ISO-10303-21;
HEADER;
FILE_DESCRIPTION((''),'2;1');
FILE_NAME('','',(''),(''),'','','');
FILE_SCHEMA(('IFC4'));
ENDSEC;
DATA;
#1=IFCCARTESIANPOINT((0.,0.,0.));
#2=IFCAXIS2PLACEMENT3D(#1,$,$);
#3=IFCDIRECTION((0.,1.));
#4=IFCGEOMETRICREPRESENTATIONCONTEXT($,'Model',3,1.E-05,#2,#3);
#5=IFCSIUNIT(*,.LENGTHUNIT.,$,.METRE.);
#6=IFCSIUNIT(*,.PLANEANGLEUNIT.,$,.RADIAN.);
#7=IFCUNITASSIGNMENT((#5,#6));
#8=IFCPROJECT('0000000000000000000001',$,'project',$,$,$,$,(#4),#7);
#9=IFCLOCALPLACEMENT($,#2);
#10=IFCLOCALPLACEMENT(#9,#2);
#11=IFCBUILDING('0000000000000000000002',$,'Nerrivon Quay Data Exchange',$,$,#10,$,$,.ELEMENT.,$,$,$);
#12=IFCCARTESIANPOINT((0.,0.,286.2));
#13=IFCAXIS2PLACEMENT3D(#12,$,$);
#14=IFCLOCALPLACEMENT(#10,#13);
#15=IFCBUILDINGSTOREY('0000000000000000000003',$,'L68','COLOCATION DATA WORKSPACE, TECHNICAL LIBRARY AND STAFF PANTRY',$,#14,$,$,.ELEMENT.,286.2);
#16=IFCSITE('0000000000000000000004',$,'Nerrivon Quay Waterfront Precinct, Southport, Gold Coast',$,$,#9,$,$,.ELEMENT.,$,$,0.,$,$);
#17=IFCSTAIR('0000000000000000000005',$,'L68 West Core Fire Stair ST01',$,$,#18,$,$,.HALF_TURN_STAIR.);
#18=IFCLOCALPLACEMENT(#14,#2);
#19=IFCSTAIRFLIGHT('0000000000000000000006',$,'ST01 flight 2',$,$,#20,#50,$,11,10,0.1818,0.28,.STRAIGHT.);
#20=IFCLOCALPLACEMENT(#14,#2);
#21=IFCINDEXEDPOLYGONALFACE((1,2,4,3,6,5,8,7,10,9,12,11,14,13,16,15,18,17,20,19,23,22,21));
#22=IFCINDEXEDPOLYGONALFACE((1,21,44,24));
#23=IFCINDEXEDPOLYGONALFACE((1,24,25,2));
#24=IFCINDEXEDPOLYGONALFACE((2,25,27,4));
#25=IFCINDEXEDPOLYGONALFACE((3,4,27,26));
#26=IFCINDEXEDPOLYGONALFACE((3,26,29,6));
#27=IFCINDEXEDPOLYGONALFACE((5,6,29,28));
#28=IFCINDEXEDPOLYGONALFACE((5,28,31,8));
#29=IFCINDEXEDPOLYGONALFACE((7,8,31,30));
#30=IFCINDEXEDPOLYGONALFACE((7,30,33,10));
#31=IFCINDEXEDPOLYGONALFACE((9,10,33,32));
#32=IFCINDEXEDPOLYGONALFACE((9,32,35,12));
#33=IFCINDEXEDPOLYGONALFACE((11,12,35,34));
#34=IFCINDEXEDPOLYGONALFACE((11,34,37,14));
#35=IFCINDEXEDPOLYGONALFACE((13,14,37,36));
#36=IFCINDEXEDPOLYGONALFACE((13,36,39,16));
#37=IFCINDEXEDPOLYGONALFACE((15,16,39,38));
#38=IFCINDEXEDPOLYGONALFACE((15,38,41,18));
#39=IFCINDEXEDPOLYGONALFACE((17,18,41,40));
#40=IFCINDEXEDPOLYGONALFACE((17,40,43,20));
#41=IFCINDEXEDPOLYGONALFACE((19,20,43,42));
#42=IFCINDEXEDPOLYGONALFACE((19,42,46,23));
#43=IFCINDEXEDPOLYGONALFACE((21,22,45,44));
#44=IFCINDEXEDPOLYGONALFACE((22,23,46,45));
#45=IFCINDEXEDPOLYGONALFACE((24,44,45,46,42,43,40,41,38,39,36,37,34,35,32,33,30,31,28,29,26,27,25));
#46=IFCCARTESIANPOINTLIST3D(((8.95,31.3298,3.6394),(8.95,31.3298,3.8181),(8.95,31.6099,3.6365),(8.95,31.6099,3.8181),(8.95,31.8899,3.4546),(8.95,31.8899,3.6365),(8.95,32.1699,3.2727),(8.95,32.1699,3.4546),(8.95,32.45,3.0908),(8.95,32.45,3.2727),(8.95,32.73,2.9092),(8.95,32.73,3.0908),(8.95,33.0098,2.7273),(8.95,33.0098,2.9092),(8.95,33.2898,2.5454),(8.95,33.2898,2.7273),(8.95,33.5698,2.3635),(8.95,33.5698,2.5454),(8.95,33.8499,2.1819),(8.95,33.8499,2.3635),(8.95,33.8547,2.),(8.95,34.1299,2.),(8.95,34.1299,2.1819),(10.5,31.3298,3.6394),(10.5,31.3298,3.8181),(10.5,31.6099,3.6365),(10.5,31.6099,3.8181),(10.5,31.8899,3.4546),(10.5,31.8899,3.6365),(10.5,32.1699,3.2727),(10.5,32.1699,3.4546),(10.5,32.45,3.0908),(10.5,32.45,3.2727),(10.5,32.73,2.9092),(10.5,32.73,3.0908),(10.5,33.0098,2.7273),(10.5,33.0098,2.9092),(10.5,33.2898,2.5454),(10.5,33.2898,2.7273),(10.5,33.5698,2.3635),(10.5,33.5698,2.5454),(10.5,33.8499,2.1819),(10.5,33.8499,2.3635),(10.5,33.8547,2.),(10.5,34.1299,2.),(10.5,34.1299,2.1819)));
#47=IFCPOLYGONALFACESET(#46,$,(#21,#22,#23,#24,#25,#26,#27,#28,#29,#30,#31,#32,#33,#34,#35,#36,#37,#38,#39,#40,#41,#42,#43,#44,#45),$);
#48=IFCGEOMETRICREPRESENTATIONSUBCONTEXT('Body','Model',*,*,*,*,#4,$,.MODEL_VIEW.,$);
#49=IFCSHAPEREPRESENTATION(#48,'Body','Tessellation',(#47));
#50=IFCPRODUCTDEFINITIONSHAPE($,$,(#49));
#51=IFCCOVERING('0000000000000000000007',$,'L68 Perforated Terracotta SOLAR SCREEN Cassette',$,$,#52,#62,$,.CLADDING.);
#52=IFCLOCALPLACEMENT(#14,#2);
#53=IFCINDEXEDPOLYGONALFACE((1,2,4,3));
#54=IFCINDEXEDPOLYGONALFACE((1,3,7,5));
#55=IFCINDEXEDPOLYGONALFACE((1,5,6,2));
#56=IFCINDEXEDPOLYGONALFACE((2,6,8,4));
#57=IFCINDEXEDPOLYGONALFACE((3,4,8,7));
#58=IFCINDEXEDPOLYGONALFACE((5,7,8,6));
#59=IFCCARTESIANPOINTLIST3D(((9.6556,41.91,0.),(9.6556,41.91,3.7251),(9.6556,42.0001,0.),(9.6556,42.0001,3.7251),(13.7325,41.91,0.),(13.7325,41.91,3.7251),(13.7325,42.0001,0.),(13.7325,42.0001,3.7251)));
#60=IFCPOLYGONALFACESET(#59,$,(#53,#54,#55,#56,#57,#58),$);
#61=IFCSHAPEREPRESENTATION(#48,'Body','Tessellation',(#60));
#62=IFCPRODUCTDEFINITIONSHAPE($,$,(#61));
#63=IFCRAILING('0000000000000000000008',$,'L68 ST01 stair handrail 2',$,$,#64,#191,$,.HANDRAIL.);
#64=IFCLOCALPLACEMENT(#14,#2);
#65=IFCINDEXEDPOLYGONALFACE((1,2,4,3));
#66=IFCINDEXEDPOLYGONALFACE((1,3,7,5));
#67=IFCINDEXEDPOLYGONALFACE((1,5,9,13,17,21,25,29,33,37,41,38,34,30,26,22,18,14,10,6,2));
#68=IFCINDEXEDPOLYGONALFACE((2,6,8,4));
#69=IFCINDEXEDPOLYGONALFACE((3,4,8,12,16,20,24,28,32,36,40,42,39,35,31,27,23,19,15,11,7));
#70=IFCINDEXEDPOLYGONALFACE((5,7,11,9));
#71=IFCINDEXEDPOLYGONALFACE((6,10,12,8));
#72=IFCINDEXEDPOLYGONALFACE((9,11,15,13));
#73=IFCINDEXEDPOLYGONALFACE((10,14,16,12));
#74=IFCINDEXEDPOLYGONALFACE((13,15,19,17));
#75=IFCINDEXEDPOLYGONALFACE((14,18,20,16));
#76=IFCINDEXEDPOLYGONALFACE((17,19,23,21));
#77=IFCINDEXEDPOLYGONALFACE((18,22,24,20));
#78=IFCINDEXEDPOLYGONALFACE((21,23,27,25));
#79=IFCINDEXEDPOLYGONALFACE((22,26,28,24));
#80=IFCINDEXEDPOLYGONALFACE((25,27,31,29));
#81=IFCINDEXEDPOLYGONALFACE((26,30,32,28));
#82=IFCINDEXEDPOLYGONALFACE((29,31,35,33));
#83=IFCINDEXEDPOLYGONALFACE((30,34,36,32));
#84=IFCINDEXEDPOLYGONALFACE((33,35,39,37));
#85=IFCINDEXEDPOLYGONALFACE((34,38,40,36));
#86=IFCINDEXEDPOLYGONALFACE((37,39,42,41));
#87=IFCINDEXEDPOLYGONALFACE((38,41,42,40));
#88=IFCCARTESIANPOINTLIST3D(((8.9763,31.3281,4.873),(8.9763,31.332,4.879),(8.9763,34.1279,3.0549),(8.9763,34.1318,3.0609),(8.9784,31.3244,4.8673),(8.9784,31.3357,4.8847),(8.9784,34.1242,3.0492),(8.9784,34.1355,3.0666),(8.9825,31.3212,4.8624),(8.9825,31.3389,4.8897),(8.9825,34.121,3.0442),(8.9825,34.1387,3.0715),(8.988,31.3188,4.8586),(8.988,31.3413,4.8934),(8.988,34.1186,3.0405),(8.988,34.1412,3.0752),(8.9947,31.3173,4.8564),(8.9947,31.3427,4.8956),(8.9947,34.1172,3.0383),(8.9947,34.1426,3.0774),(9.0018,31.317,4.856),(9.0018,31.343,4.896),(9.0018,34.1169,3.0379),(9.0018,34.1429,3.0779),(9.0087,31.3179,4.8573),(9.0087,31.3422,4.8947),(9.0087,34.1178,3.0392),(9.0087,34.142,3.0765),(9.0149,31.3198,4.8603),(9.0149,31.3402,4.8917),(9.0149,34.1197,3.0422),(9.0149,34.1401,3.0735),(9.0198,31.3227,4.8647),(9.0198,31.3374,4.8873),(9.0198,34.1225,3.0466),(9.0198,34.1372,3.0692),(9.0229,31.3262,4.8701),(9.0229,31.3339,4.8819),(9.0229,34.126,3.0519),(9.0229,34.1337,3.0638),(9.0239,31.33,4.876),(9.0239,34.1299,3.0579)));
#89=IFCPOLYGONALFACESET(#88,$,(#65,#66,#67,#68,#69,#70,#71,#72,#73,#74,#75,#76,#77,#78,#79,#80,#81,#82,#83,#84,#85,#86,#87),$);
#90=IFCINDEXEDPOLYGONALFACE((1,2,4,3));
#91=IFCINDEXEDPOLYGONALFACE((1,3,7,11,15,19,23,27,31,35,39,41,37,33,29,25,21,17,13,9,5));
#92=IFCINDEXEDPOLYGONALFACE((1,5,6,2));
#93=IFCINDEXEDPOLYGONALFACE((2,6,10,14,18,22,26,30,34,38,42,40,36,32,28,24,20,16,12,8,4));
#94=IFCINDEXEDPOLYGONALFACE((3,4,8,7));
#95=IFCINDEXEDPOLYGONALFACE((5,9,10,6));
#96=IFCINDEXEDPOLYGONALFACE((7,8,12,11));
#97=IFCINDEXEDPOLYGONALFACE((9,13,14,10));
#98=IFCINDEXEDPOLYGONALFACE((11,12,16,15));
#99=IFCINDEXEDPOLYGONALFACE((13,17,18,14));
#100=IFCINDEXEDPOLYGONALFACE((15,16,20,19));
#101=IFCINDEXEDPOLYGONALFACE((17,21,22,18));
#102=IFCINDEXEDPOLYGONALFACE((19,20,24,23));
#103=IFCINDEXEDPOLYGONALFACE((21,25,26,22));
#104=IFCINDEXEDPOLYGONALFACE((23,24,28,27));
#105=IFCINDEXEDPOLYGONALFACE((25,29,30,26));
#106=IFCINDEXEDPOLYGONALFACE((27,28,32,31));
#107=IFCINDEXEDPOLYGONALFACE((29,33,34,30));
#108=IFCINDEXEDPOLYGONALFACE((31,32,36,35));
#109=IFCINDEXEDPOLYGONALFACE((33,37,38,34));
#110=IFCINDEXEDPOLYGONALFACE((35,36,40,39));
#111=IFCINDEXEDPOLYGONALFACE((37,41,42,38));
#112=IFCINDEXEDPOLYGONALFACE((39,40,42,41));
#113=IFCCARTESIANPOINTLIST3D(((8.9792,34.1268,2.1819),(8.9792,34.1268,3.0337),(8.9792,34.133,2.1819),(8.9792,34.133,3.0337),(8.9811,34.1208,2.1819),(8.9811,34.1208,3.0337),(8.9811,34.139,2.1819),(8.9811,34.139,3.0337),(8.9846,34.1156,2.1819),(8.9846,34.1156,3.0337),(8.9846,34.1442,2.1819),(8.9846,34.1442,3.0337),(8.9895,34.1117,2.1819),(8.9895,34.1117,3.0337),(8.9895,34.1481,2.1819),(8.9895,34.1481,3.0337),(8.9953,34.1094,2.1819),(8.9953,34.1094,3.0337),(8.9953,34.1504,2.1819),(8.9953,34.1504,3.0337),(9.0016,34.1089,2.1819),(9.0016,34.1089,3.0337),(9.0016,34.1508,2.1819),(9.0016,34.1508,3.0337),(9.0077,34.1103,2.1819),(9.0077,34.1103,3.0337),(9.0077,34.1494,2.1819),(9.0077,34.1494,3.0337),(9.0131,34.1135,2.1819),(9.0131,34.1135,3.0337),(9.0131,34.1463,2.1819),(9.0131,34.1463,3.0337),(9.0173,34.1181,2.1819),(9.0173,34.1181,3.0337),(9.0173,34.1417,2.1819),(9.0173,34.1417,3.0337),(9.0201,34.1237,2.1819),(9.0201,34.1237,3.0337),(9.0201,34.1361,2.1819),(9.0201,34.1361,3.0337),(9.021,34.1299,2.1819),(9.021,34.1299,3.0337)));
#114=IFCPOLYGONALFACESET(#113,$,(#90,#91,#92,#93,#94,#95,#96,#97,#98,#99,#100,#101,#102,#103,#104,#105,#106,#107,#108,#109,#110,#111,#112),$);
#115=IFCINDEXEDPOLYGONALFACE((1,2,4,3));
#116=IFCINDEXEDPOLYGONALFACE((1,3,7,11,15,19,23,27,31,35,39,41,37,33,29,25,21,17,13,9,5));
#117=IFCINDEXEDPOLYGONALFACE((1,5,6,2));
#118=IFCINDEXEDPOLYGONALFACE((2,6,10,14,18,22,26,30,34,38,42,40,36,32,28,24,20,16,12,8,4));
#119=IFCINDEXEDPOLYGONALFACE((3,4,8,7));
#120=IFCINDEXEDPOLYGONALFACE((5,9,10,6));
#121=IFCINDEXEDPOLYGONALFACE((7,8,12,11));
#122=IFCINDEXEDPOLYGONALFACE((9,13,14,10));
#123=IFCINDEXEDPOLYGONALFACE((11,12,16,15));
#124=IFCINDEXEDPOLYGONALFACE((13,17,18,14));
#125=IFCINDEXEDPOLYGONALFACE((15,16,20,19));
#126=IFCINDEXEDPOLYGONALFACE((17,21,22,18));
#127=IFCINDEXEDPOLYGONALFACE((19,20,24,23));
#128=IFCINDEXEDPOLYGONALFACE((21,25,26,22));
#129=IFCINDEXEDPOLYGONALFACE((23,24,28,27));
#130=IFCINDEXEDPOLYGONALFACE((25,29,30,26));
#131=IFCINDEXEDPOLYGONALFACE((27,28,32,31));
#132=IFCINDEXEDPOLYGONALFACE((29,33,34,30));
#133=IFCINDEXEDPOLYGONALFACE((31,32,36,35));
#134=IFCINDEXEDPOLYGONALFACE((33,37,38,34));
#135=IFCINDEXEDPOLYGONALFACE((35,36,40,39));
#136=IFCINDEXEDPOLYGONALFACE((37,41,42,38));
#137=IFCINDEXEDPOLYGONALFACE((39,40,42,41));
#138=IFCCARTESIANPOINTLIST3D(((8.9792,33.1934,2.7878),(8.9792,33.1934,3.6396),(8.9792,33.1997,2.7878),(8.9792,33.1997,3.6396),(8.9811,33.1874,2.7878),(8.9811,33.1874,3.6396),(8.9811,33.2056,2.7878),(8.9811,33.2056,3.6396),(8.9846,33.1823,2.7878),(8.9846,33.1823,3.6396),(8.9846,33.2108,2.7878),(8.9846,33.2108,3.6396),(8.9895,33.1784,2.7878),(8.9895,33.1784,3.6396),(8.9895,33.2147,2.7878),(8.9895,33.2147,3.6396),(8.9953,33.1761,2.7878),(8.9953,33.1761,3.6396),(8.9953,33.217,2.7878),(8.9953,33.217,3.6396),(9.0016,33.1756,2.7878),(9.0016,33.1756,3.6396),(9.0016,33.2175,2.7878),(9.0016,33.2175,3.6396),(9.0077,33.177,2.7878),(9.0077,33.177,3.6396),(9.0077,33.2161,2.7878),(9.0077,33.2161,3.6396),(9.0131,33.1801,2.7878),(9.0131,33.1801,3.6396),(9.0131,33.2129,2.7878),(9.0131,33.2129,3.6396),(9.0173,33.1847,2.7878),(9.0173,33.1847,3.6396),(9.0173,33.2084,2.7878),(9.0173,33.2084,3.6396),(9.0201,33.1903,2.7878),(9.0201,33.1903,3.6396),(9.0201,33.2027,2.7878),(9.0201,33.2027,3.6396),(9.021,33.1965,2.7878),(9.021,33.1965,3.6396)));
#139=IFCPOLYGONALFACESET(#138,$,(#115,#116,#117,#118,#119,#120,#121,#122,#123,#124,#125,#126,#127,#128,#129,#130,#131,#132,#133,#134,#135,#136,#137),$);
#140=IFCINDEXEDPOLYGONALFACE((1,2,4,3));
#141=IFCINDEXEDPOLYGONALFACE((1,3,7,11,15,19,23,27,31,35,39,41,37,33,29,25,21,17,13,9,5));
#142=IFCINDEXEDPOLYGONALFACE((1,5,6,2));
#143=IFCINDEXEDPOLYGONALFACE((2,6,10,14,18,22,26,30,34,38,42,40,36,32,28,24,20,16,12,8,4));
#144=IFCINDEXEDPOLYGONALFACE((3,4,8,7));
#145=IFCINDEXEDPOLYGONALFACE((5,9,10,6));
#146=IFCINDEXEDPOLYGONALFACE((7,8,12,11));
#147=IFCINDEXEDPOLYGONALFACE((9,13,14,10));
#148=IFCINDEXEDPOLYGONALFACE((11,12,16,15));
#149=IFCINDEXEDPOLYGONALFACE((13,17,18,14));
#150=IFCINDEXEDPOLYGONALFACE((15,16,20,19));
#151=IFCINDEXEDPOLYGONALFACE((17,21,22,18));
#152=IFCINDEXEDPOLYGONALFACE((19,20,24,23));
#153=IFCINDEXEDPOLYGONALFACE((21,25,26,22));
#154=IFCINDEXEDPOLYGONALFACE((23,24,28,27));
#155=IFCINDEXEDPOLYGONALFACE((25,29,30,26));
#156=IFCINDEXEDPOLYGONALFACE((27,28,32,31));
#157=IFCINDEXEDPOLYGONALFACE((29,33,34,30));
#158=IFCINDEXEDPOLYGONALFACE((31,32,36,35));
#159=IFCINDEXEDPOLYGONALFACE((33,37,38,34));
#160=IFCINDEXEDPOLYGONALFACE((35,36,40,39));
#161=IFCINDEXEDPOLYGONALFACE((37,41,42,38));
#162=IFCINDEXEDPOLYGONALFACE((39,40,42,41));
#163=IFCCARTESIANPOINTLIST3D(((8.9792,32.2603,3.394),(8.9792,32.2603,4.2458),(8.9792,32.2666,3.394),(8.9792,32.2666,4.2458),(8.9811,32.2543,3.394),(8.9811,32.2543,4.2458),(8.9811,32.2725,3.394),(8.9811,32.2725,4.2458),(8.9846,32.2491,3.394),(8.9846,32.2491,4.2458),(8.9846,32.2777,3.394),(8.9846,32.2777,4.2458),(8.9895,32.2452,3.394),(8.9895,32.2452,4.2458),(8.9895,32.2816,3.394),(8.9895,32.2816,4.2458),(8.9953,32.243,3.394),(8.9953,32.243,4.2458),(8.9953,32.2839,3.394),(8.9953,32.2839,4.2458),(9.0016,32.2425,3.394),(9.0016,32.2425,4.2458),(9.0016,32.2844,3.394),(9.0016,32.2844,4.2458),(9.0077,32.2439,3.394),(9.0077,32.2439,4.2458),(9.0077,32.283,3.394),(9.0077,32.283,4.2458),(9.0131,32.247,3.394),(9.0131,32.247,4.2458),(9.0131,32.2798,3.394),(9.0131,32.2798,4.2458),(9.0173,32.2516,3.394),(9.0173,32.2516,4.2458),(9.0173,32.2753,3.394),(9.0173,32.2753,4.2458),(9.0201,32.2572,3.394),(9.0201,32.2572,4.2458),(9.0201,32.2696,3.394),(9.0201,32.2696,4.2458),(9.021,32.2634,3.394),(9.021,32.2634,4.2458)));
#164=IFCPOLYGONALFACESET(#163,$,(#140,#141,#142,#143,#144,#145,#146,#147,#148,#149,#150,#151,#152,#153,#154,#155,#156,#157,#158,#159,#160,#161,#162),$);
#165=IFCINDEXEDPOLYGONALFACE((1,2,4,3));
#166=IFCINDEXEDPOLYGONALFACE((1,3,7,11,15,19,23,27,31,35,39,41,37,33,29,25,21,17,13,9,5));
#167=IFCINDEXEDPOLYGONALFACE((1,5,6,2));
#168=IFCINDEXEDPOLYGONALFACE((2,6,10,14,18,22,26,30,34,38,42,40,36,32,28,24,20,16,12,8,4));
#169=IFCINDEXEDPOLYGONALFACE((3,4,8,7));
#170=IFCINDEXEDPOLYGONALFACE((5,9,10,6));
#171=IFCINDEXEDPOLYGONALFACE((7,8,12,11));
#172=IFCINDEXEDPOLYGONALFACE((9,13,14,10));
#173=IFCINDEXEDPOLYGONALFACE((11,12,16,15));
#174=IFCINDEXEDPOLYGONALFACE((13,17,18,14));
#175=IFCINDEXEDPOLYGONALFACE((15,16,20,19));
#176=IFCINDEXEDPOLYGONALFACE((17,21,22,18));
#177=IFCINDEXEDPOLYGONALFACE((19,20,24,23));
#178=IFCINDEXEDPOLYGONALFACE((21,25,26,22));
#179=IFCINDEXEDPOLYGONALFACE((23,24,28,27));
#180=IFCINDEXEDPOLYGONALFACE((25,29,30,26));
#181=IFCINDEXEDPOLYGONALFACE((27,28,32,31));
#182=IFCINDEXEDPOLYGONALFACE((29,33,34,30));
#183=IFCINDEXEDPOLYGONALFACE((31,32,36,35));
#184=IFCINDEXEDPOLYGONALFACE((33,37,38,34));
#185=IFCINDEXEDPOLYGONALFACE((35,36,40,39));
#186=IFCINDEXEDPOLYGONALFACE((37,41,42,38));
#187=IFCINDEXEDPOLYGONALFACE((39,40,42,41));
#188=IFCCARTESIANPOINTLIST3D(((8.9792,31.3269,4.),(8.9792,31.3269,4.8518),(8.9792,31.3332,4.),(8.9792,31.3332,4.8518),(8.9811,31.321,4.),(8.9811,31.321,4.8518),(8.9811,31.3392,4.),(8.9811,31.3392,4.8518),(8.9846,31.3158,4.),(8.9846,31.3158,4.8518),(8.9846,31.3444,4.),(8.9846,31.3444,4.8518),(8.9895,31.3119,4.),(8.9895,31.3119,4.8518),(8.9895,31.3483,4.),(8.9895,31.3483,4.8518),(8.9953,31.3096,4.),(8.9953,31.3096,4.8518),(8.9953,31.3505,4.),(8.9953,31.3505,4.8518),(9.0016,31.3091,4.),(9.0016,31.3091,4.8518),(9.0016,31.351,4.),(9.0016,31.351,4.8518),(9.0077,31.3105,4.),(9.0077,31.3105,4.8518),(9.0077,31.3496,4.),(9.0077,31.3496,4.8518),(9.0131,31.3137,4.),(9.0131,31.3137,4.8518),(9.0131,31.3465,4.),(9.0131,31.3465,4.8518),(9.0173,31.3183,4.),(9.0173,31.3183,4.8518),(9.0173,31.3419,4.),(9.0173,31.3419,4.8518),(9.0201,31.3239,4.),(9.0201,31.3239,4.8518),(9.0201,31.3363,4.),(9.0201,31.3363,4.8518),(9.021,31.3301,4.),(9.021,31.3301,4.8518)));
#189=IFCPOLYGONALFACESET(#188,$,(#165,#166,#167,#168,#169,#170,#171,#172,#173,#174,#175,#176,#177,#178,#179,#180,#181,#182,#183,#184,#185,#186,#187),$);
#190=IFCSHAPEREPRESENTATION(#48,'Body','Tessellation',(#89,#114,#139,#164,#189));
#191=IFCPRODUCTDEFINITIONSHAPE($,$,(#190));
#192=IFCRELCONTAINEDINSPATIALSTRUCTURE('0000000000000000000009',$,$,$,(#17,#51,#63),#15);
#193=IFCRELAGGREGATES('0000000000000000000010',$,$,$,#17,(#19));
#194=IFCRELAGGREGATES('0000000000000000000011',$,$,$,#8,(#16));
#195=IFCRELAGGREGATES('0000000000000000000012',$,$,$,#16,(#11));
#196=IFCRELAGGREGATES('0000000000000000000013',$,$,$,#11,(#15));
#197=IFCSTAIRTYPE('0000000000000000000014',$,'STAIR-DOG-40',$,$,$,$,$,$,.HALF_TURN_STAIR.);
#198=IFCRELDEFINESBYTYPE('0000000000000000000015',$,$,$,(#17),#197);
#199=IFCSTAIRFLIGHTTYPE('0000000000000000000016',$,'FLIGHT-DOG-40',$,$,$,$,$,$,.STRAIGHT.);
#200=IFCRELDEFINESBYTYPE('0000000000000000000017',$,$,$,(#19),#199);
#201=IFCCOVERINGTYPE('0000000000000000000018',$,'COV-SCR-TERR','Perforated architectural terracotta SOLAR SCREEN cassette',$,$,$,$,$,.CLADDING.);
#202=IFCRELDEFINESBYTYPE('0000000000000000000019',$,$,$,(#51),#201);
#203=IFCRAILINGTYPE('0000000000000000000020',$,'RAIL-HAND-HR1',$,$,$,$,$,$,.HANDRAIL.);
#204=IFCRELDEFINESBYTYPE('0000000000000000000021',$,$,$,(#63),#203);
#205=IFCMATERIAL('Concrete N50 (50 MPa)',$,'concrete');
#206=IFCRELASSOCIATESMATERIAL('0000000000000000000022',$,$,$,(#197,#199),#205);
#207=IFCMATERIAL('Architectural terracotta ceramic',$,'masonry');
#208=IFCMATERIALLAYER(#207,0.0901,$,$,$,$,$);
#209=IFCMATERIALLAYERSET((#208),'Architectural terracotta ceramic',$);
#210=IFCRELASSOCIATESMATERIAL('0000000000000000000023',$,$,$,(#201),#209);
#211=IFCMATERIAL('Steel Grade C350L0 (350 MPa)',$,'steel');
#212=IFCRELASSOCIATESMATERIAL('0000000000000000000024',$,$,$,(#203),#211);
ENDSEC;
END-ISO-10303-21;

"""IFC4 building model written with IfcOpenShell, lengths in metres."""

from ifc_helpers import new_model, si_unit, direction, frame, origin, origin_2d, place, context, subcontext, project, spatial, polyline, rectangle, circle, outline, extrude, material, layer, layer_set, type_object, element, aggregate, save


model = new_model("IFC4")

# Units and contexts
model_context = context("Model", 3, precision=1e-05, world=origin(), true_north=direction((0.0, 1.0)))
body_context = subcontext(model_context, "Body", "Model", "MODEL_VIEW")
ifc_project = project(units=[si_unit("LENGTHUNIT", "METRE"), si_unit("PLANEANGLEUNIT", "RADIAN")], contexts=[model_context])

# Site, building, storey
site_placement = place(None, origin())
site = spatial("IfcSite", under=ifc_project, at=site_placement, Name="Nerrivon Quay Waterfront Precinct, Southport, Gold Coast", CompositionType="ELEMENT", RefElevation=0.0)
building_placement = place(site_placement, origin())
building = spatial("IfcBuilding", under=site, at=building_placement, Name="Nerrivon Quay Data Exchange", CompositionType="ELEMENT")
storey_placement = place(building_placement, frame((0.0, 0.0, 286.2)))
storey = spatial("IfcBuildingStorey", under=building, at=storey_placement, Name="L68", Description="COLOCATION DATA WORKSPACE, TECHNICAL LIBRARY AND STAFF PANTRY", CompositionType="ELEMENT", Elevation=286.2)

# Shared definitions
ifc_material_1 = material(Name="Concrete N50 (50 MPa)", Category="concrete")

# Shared definitions
ifc_material_2 = material(Name="Steel Grade C350L0 (350 MPa)", Category="steel")

# Stair, stair flight
stair_type = type_object("IfcStairType", Name="STAIR-DOG-40", PredefinedType="HALF_TURN_STAIR", material=ifc_material_1)
stair_placement = place(storey_placement, origin())
stair = element("IfcStair", 1, at=stair_placement, inside=storey, type_object=stair_type, Name="L68 West Core Fire Stair ST01", PredefinedType="HALF_TURN_STAIR")
stair_flight_type = type_object("IfcStairFlightType", Name="FLIGHT-DOG-40", PredefinedType="STRAIGHT", material=ifc_material_1)
stair_flight_placement = place(storey_placement, frame((9.7251, 34.1299, 2.0), z_axis=(0.0, 0.0, 1.0), x_axis=(0.0, -1.0, 0.0)))
stair_flight = element("IfcStairFlight", 2, at=stair_flight_placement, type_object=stair_flight_type, Name="ST01 flight 2", NumberOfRisers=11, NumberOfTreads=10, PredefinedType="STRAIGHT", RiserHeight=0.1818, TreadLength=0.28, context=body_context, shape_type="SweptSolid", body=[
    extrude(outline(polyline([(0.0, 0.0), (0.0, 0.1819), (0.28, 0.1819), (0.28, 0.3635), (0.5601, 0.3635), (0.5601, 0.5454), (0.8401, 0.5454), (0.8401, 0.7273), (1.1201, 0.7273), (1.1201, 0.9092), (1.3999, 0.9092), (1.3999, 1.0908), (1.6799, 1.0908), (1.6799, 1.2727), (1.96, 1.2727), (1.96, 1.4546), (2.24, 1.4546), (2.24, 1.6365), (2.52, 1.6365), (2.52, 1.8181), (2.8, 1.8181), (2.8, 2.0), (2.8, 1.6394), (0.2751, 0.0), (0.0, 0.0)])), frame((0.0, 0.7749, 0.0), z_axis=(0.0, -1.0, 0.0), x_axis=(1.0, 0.0, 0.0)), (0.0, 0.0, 1.0), 1.55),
])
aggregate(stair, [stair_flight])

# Covering
ifc_material_3 = material(Name="Architectural terracotta ceramic", Category="masonry")
ifc_layer_1 = layer(ifc_material_3, 0.0901)
ifc_layer_set_1 = layer_set([ifc_layer_1], Name="Architectural terracotta ceramic")
covering_type = type_object("IfcCoveringType", Name="COV-SCR-TERR", Description="Perforated architectural terracotta SOLAR SCREEN cassette", PredefinedType="CLADDING", material=ifc_layer_set_1)
covering_placement = place(storey_placement, frame((11.6941, 41.9551, 0.0), z_axis=(0.0, 0.0, 1.0), x_axis=(1.0, 0.0, 0.0)))
element("IfcCovering", 3, at=covering_placement, inside=storey, type_object=covering_type, Name="L68 Perforated Terracotta SOLAR SCREEN Cassette", PredefinedType="CLADDING", context=body_context, shape_type="SweptSolid", body=[
    extrude(rectangle(XDim=4.0769, YDim=0.0901, at=origin_2d()), origin(), (0.0, 0.0, 1.0), 3.7251),
])

# Railing
railing_type_1 = type_object("IfcRailingType", Name="RAIL-HAND-HR1", PredefinedType="HANDRAIL", material=ifc_material_2)
railing_1_placement = place(storey_placement, frame((9.0, 34.1299, 2.1819)))
element("IfcRailing", 4, at=railing_1_placement, inside=storey, type_object=railing_type_1, Name="L68 ST01 stair handrail 2", PredefinedType="HANDRAIL", context=body_context, shape_type="SweptSolid", body=[
    extrude(circle(Radius=0.0239, at=origin_2d()), frame((0.0, 0.0, 0.876), z_axis=(0.0, -0.838684, 0.544618), x_axis=(1.0, 0.0, 0.0)), (0.0, 0.0, 1.0), 3.3384),
    extrude(circle(Radius=0.021, at=origin_2d()), origin(), (0.0, 0.0, 1.0), 0.8518),
    extrude(circle(Radius=0.021, at=origin_2d()), frame((0.0, -0.9333, 0.606)), (0.0, 0.0, 1.0), 0.8518),
    extrude(circle(Radius=0.021, at=origin_2d()), frame((0.0, -1.8665, 1.2122)), (0.0, 0.0, 1.0), 0.8518),
    extrude(circle(Radius=0.021, at=origin_2d()), frame((0.0, -2.7998, 1.8181)), (0.0, 0.0, 1.0), 0.8518),
])

save(model, "model.ifc")
